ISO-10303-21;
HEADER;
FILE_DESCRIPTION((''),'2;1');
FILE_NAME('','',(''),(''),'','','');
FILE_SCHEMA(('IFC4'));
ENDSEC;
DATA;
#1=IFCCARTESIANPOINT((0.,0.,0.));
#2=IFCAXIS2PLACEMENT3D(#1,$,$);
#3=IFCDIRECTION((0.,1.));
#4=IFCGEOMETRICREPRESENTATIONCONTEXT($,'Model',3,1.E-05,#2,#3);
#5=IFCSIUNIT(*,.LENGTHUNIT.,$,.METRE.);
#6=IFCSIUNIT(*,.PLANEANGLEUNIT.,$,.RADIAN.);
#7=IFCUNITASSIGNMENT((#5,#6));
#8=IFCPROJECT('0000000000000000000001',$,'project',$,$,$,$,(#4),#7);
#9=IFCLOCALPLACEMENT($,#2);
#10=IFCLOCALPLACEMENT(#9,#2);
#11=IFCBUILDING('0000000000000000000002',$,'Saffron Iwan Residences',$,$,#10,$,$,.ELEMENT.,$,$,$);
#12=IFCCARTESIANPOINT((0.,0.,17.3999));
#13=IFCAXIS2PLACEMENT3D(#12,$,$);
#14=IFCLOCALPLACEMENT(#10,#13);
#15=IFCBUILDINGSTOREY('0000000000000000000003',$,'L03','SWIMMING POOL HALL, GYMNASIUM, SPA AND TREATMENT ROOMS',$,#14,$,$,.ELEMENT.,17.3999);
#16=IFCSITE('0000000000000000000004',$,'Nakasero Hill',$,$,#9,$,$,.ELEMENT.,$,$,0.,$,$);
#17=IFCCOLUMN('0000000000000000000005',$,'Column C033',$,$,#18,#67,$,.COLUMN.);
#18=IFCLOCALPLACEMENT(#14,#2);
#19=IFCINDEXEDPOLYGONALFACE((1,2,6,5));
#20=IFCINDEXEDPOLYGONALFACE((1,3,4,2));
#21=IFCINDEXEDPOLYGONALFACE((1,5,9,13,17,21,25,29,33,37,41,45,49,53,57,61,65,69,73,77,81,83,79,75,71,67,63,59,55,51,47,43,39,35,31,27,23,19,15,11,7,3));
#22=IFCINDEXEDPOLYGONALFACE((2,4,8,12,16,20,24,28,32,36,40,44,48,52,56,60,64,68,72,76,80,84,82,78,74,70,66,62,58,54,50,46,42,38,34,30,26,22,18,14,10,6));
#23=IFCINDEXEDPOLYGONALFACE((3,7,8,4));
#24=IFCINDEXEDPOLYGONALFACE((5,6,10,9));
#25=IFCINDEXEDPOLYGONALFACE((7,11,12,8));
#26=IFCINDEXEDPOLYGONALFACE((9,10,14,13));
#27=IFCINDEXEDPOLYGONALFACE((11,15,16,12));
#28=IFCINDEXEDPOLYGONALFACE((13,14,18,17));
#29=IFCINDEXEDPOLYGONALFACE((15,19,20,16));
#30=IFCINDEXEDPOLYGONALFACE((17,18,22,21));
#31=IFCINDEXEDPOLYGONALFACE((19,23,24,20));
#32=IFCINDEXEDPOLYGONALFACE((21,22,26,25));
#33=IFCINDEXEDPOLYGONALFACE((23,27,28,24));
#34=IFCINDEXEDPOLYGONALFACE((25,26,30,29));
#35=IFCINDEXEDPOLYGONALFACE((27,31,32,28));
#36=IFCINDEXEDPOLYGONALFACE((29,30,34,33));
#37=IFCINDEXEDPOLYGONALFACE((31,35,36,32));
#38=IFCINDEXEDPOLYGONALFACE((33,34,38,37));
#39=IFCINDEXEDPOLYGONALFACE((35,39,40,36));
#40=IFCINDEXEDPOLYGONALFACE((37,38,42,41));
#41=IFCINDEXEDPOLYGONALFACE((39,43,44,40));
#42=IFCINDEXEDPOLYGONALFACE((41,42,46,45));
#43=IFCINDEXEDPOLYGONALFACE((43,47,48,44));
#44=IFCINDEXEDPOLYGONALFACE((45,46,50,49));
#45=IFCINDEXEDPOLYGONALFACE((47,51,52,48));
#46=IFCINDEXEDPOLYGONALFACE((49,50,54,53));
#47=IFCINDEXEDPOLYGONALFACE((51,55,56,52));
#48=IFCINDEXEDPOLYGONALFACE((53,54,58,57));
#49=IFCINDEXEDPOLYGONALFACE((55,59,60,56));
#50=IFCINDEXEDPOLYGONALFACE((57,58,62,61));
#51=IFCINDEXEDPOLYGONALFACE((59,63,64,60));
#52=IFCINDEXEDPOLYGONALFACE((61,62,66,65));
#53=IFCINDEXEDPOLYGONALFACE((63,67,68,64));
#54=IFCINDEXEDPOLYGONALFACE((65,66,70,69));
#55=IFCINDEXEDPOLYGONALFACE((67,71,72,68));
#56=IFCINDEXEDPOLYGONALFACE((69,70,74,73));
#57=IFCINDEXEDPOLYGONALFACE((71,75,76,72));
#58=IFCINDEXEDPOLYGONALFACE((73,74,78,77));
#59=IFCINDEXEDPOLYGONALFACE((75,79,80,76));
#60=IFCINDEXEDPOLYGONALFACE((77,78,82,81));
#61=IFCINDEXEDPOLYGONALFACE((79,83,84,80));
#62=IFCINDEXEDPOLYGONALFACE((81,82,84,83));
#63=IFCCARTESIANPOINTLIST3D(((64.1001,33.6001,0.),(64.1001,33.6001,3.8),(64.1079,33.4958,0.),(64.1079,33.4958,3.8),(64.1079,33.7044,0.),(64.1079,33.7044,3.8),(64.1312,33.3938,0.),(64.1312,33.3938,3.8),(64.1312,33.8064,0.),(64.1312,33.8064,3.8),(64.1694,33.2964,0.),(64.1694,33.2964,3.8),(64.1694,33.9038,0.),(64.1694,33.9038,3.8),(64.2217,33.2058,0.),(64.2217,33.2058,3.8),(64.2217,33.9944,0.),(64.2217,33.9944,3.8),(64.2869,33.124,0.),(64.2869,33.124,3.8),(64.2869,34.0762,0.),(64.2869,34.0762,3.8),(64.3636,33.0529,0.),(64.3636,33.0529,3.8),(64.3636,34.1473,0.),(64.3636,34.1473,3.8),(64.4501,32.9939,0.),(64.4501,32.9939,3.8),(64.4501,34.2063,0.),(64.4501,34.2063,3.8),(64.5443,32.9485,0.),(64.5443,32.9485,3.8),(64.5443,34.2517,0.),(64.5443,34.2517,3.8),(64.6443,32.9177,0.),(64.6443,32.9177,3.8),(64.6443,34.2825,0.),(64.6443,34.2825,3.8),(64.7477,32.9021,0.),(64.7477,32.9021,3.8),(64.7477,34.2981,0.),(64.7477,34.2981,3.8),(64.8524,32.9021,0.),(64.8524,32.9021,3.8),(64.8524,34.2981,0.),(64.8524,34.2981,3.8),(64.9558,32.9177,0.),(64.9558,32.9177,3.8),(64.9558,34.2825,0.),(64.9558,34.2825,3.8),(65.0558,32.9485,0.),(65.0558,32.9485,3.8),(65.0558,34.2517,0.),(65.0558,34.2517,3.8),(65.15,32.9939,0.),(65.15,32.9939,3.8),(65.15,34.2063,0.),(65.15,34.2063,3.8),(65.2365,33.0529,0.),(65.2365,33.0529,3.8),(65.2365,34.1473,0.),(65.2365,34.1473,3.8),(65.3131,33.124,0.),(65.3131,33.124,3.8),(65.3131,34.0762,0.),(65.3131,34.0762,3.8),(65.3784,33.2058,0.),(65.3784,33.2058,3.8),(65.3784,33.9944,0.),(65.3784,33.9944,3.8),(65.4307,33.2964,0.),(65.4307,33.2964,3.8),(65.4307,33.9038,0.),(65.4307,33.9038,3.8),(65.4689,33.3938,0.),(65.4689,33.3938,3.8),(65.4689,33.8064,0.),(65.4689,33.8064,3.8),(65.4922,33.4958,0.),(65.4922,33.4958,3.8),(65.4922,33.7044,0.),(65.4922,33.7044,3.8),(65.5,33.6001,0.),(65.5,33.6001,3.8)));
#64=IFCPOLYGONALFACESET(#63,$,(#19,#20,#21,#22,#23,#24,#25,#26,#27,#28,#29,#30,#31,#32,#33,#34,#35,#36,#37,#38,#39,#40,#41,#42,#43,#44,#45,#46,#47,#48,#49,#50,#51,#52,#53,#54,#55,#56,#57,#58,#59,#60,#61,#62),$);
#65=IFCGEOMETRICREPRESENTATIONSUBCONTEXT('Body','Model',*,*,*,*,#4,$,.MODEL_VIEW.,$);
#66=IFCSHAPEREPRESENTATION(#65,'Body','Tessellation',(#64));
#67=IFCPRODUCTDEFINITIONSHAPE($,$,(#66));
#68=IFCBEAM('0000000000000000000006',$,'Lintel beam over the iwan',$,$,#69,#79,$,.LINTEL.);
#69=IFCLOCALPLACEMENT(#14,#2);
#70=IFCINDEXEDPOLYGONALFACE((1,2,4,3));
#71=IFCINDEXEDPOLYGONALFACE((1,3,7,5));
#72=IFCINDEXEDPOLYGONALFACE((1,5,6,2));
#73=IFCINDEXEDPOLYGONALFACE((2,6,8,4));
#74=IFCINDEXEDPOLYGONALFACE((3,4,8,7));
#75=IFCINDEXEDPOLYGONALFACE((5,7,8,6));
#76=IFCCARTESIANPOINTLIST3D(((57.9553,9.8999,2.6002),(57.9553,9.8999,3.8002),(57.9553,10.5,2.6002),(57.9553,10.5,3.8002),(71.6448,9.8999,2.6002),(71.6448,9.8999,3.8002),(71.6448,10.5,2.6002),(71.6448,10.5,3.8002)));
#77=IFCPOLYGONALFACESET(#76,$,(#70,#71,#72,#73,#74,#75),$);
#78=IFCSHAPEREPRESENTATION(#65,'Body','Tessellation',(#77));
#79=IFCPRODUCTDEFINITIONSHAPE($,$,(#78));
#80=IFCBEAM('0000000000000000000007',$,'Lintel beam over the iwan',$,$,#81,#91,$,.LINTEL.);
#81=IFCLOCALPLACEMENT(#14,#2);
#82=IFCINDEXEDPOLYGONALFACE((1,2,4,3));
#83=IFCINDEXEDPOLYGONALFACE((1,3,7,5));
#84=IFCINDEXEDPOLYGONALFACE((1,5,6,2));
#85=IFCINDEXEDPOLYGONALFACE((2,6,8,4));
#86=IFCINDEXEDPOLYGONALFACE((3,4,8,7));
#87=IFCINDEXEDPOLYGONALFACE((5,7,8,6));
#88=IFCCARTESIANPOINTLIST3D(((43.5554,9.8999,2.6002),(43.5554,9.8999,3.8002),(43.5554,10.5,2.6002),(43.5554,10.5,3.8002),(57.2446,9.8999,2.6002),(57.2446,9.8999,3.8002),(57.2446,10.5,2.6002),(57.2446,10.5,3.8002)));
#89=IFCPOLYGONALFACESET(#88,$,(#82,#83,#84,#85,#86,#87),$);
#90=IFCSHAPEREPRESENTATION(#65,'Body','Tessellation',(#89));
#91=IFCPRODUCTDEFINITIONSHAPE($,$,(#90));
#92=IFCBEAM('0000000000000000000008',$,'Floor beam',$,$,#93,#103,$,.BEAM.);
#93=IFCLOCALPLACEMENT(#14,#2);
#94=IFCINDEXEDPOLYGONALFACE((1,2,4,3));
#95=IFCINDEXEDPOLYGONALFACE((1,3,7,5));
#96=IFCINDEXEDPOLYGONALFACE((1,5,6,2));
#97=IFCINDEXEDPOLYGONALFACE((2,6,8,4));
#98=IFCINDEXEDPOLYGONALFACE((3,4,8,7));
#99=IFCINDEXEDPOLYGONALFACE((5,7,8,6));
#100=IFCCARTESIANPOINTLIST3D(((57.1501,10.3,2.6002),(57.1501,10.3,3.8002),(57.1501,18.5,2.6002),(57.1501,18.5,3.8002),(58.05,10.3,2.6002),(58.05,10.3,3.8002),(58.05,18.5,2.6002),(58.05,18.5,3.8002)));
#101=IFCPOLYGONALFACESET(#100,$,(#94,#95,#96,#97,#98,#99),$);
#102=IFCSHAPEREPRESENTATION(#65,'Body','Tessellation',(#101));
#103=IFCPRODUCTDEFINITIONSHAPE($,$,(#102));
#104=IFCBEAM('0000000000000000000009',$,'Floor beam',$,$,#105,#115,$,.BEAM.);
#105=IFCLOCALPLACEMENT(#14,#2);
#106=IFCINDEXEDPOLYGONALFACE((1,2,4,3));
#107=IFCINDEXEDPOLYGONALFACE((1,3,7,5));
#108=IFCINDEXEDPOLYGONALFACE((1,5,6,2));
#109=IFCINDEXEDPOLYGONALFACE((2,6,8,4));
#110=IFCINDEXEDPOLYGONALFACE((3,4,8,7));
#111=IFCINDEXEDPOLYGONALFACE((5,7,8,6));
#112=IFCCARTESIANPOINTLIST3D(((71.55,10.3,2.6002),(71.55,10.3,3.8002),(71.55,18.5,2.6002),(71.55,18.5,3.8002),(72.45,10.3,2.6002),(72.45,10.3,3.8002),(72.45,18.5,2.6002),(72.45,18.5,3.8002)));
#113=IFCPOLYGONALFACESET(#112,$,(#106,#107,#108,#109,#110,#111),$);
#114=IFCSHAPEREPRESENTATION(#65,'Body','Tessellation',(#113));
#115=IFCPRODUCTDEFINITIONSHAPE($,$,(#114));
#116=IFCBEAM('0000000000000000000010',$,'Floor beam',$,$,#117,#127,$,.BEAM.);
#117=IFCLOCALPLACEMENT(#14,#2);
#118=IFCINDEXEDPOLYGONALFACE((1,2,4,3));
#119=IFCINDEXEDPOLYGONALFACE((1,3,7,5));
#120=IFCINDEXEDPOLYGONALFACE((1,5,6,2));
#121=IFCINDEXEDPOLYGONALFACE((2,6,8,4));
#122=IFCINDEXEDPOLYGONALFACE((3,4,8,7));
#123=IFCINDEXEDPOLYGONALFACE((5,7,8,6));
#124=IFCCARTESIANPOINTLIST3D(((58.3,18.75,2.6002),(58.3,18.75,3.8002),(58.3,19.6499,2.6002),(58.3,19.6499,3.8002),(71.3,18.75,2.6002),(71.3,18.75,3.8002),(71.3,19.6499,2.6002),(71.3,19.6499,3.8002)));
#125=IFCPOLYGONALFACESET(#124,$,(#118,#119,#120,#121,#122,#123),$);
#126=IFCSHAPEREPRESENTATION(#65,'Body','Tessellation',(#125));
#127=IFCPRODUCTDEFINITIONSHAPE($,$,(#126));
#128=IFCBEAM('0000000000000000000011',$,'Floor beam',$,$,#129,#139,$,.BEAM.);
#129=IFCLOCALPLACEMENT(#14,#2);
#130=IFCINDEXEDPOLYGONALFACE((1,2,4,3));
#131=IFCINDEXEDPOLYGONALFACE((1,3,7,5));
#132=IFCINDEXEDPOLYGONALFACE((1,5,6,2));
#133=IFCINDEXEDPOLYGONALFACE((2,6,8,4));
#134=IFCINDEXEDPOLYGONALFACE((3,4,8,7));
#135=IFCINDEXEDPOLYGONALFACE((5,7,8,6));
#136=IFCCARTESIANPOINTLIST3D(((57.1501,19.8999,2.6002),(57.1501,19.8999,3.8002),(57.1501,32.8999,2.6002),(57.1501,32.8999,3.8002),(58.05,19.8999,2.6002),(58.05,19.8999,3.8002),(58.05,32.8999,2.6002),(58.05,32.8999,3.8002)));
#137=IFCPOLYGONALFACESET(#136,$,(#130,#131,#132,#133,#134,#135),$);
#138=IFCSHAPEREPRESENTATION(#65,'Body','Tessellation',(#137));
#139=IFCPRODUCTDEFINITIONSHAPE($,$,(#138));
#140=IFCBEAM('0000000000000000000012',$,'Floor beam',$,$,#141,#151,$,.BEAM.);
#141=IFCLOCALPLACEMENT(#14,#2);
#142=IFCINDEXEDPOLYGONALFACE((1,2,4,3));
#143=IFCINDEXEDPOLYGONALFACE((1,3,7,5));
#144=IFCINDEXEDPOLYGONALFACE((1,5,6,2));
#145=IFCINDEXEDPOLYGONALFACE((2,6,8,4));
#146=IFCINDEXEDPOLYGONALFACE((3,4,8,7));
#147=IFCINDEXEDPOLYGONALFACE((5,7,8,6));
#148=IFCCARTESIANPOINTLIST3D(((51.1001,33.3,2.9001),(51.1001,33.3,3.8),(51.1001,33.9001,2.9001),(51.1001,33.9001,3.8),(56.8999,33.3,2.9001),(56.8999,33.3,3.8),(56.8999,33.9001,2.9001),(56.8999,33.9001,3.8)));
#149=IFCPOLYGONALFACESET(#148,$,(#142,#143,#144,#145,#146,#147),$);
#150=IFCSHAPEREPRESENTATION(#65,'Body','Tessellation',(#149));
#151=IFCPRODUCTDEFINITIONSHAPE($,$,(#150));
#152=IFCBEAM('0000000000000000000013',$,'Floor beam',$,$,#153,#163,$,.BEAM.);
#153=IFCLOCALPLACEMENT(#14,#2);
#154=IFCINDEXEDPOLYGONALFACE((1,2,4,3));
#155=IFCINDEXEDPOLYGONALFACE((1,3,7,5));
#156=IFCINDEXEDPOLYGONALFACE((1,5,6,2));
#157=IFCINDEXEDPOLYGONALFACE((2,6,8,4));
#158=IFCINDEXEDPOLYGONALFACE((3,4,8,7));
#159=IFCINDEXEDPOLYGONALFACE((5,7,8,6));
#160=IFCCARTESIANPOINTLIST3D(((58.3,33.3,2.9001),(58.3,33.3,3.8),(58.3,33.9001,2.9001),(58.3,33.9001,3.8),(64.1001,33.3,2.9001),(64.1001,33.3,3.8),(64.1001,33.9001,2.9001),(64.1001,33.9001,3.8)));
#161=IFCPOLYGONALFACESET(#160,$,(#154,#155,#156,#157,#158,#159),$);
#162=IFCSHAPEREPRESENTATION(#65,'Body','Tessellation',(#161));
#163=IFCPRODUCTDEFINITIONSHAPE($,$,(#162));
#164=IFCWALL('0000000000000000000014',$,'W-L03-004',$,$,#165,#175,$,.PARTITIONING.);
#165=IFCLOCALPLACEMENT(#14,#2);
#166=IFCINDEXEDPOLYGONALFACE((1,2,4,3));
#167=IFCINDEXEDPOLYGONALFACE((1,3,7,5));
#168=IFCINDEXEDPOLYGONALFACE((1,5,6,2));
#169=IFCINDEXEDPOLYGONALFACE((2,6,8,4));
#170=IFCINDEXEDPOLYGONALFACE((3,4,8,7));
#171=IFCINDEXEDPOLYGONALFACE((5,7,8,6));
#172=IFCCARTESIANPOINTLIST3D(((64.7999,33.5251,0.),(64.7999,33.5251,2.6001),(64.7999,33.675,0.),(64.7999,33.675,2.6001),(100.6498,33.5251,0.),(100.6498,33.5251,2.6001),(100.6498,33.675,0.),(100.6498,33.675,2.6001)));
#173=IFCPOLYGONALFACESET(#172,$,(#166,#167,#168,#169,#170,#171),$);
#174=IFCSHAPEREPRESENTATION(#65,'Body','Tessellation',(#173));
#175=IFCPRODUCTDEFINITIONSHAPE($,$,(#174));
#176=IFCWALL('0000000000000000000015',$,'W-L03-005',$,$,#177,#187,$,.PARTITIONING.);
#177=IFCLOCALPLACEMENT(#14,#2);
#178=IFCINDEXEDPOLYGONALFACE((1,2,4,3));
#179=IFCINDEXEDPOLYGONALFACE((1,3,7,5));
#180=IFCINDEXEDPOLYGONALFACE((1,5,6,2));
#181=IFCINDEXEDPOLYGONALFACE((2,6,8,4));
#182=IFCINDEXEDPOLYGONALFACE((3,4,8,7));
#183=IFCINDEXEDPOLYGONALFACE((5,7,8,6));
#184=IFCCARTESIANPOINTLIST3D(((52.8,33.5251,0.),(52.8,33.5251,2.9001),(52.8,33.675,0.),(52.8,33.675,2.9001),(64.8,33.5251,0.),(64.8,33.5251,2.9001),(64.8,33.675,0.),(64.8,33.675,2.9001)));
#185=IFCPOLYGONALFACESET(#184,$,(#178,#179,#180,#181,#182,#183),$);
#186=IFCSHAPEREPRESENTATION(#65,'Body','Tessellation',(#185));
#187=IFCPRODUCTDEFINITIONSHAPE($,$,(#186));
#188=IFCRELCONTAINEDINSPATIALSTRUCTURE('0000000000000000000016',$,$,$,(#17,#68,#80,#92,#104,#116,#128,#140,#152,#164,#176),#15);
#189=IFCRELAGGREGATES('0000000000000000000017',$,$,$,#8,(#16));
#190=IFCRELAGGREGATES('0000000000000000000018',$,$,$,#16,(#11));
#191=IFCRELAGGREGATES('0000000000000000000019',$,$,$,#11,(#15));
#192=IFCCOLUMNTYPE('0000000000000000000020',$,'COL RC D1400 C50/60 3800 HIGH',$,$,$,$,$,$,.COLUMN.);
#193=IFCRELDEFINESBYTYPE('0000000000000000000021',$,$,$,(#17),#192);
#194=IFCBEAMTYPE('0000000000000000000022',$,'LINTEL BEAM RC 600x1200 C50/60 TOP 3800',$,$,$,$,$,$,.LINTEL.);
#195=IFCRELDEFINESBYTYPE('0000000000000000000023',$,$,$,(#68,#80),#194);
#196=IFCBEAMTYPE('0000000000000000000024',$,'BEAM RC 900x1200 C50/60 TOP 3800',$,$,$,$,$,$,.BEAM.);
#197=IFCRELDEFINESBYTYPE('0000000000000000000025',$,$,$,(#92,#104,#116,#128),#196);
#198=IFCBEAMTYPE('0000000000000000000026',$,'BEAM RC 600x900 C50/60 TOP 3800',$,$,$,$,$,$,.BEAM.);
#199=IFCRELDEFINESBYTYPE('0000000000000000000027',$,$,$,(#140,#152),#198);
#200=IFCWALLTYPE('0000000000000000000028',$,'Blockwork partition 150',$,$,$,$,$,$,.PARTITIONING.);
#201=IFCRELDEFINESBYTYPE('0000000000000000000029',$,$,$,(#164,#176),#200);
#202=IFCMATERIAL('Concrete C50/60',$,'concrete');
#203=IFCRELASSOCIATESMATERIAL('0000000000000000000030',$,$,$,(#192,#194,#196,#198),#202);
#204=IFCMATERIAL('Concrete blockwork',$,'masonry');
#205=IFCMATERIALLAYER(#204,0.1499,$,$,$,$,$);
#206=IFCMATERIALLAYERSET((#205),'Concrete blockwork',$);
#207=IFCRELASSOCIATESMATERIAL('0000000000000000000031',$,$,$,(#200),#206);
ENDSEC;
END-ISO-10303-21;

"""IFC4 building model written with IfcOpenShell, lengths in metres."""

from ifc_helpers import new_model, si_unit, direction, frame, frame_2d, origin, origin_2d, place, context, subcontext, project, spatial, rectangle, circle, extrude, source, transform, mapped, material, layer, layer_set, material_profile, profile_set, type_object, element, save


model = new_model("IFC4")

# Units and contexts
model_context = context("Model", 3, precision=1e-05, world=origin(), true_north=direction((0.0, 1.0)))
body_context = subcontext(model_context, "Body", "Model", "MODEL_VIEW")
ifc_project = project(units=[si_unit("LENGTHUNIT", "METRE"), si_unit("PLANEANGLEUNIT", "RADIAN")], contexts=[model_context])

# Site, building, storey
site_placement = place(None, origin())
site = spatial("IfcSite", under=ifc_project, at=site_placement, Name="Nakasero Hill", CompositionType="ELEMENT", RefElevation=0.0)
building_placement = place(site_placement, origin())
building = spatial("IfcBuilding", under=site, at=building_placement, Name="Saffron Iwan Residences", CompositionType="ELEMENT")
storey_placement = place(building_placement, frame((0.0, 0.0, 17.3999)))
storey = spatial("IfcBuildingStorey", under=building, at=storey_placement, Name="L03", Description="SWIMMING POOL HALL, GYMNASIUM, SPA AND TREATMENT ROOMS", CompositionType="ELEMENT", Elevation=17.3999)

# Column
ifc_material_1 = material(Name="Concrete C50/60", Category="concrete")
ifc_material_profile_1 = material_profile(ifc_material_1, circle(Radius=0.7, at=origin_2d()), Name="RC D1400")
ifc_profile_set_1 = profile_set([ifc_material_profile_1], Name="Concrete C50/60")
column_type = type_object("IfcColumnType", Name="COL RC D1400 C50/60 3800 HIGH", PredefinedType="COLUMN", material=ifc_profile_set_1)
shared_shape_1 = source(origin(), body_context, "Body", "SweptSolid", [
    extrude(circle(Radius=0.7, at=origin_2d()), origin(), (0.0, 0.0, 1.0), 3.8),
])
for number, where, z_axis, x_axis, name in (
    (1, (64.8, 33.6001, 0.0), (0.0, 0.0, 1.0), (1.0, 0.0, 0.0), "Column C033"),
):
    element("IfcColumn", number, at=place(storey_placement, frame(where, z_axis=z_axis, x_axis=x_axis)), inside=storey, type_object=column_type, Name=name, PredefinedType="COLUMN", context=body_context, shape_type="MappedRepresentation", body=[
        mapped(shared_shape_1, transform((0.0, 0.0, 0.0))),
    ])

# Beams
ifc_material_profile_2 = material_profile(ifc_material_1, rectangle(XDim=0.6001, YDim=1.2, at=origin_2d()), Name="RC 600x1200")
ifc_profile_set_2 = profile_set([ifc_material_profile_2], Name="Concrete C50/60")
beam_type_1 = type_object("IfcBeamType", Name="LINTEL BEAM RC 600x1200 C50/60 TOP 3800", PredefinedType="LINTEL", material=ifc_profile_set_2)
shared_shape_2 = source(origin(), body_context, "Body", "SweptSolid", [
    extrude(rectangle(XDim=0.6001, YDim=1.2, at=origin_2d()), origin(), (0.0, 0.0, 1.0), 13.6895),
])
beam_1_placement = place(storey_placement, frame((71.6448, 10.2, 3.2002), z_axis=(-1.0, 0.0, 0.0), x_axis=(0.0, -1.0, 0.0)))
element("IfcBeam", 2, at=beam_1_placement, inside=storey, type_object=beam_type_1, Name="Lintel beam over the iwan", PredefinedType="LINTEL", context=body_context, shape_type="MappedRepresentation", body=[
    mapped(shared_shape_2, transform((0.0, 0.0, 0.0))),
])
shared_shape_3 = source(origin(), body_context, "Body", "SweptSolid", [
    extrude(rectangle(XDim=0.6001, YDim=1.2, at=origin_2d()), origin(), (0.0, 0.0, 1.0), 13.6892),
])
beam_2_placement = place(storey_placement, frame((57.2446, 10.2, 3.2002), z_axis=(-1.0, 0.0, 0.0), x_axis=(0.0, -1.0, 0.0)))
element("IfcBeam", 3, at=beam_2_placement, inside=storey, type_object=beam_type_1, Name="Lintel beam over the iwan", PredefinedType="LINTEL", context=body_context, shape_type="MappedRepresentation", body=[
    mapped(shared_shape_3, transform((0.0, 0.0, 0.0))),
])
ifc_material_profile_3 = material_profile(ifc_material_1, rectangle(XDim=0.8999, YDim=1.2, at=origin_2d()), Name="RC 900x1200")
ifc_profile_set_3 = profile_set([ifc_material_profile_3], Name="Concrete C50/60")
beam_type_2 = type_object("IfcBeamType", Name="BEAM RC 900x1200 C50/60 TOP 3800", PredefinedType="BEAM", material=ifc_profile_set_3)
shared_shape_4 = source(origin(), body_context, "Body", "SweptSolid", [
    extrude(rectangle(XDim=0.8999, YDim=1.2, at=origin_2d()), origin(), (0.0, 0.0, 1.0), 8.2),
])
for number, where, z_axis, x_axis, name in (
    (4, (57.6001, 10.3, 3.2002), (0.0, 1.0, 0.0), (-1.0, 0.0, 0.0), "Floor beam"),
    (5, (72.0, 10.3, 3.2002), (0.0, 1.0, 0.0), (-1.0, 0.0, 0.0), "Floor beam"),
):
    element("IfcBeam", number, at=place(storey_placement, frame(where, z_axis=z_axis, x_axis=x_axis)), inside=storey, type_object=beam_type_2, Name=name, PredefinedType="BEAM", context=body_context, shape_type="MappedRepresentation", body=[
        mapped(shared_shape_4, transform((0.0, 0.0, 0.0))),
    ])
shared_shape_5 = source(origin(), body_context, "Body", "SweptSolid", [
    extrude(rectangle(XDim=0.8999, YDim=1.2, at=origin_2d()), origin(), (0.0, 0.0, 1.0), 13.0),
])
for number, where, z_axis, x_axis, name in (
    (6, (58.3, 19.2, 3.2002), (1.0, 0.0, 0.0), (0.0, 1.0, 0.0), "Floor beam"),
    (7, (57.6001, 19.8999, 3.2002), (0.0, 1.0, 0.0), (-1.0, 0.0, 0.0), "Floor beam"),
):
    element("IfcBeam", number, at=place(storey_placement, frame(where, z_axis=z_axis, x_axis=x_axis)), inside=storey, type_object=beam_type_2, Name=name, PredefinedType="BEAM", context=body_context, shape_type="MappedRepresentation", body=[
        mapped(shared_shape_5, transform((0.0, 0.0, 0.0))),
    ])
ifc_material_profile_4 = material_profile(ifc_material_1, rectangle(XDim=0.6001, YDim=0.8999, at=origin_2d()), Name="RC 600x900")
ifc_profile_set_4 = profile_set([ifc_material_profile_4], Name="Concrete C50/60")
beam_type_3 = type_object("IfcBeamType", Name="BEAM RC 600x900 C50/60 TOP 3800", PredefinedType="BEAM", material=ifc_profile_set_4)
shared_shape_6 = source(origin(), body_context, "Body", "SweptSolid", [
    extrude(rectangle(XDim=0.6001, YDim=0.8999, at=origin_2d()), origin(), (0.0, 0.0, 1.0), 5.7998),
])
beam_3_placement = place(storey_placement, frame((51.1001, 33.6001, 3.3501), z_axis=(1.0, 0.0, 0.0), x_axis=(0.0, 1.0, 0.0)))
element("IfcBeam", 8, at=beam_3_placement, inside=storey, type_object=beam_type_3, Name="Floor beam", PredefinedType="BEAM", context=body_context, shape_type="MappedRepresentation", body=[
    mapped(shared_shape_6, transform((0.0, 0.0, 0.0))),
])
shared_shape_7 = source(origin(), body_context, "Body", "SweptSolid", [
    extrude(rectangle(XDim=0.6001, YDim=0.8999, at=origin_2d()), origin(), (0.0, 0.0, 1.0), 5.8),
])
beam_4_placement = place(storey_placement, frame((58.3, 33.6001, 3.3501), z_axis=(1.0, 0.0, 0.0), x_axis=(0.0, 1.0, 0.0)))
element("IfcBeam", 9, at=beam_4_placement, inside=storey, type_object=beam_type_3, Name="Floor beam", PredefinedType="BEAM", context=body_context, shape_type="MappedRepresentation", body=[
    mapped(shared_shape_7, transform((0.0, 0.0, 0.0))),
])

# Walls
ifc_material_2 = material(Name="Concrete blockwork", Category="masonry")
ifc_layer_1 = layer(ifc_material_2, 0.1499)
ifc_layer_set_1 = layer_set([ifc_layer_1], Name="Concrete blockwork")
wall_type_1 = type_object("IfcWallType", Name="Blockwork partition 150", PredefinedType="PARTITIONING", material=ifc_layer_set_1)
wall_1_placement = place(storey_placement, frame((64.8, 33.6001, 0.0), z_axis=(0.0, 0.0, 1.0), x_axis=(1.0, 0.0, 0.0)))
element("IfcWall", 10, at=wall_1_placement, inside=storey, type_object=wall_type_1, Name="W-L03-004", PredefinedType="PARTITIONING", context=body_context, shape_type="SweptSolid", body=[
    extrude(rectangle(XDim=35.8499, YDim=0.1499, at=frame_2d((17.9248, 0.0))), origin(), (0.0, 0.0, 1.0), 2.6001),
])
wall_2_placement = place(storey_placement, frame((52.8, 33.6001, 0.0), z_axis=(0.0, 0.0, 1.0), x_axis=(1.0, 0.0, 0.0)))
element("IfcWall", 11, at=wall_2_placement, inside=storey, type_object=wall_type_1, Name="W-L03-005", PredefinedType="PARTITIONING", context=body_context, shape_type="SweptSolid", body=[
    extrude(rectangle(XDim=12.0, YDim=0.1499, at=frame_2d((6.0, 0.0))), origin(), (0.0, 0.0, 1.0), 2.9001),
])

save(model, "model.ifc")
